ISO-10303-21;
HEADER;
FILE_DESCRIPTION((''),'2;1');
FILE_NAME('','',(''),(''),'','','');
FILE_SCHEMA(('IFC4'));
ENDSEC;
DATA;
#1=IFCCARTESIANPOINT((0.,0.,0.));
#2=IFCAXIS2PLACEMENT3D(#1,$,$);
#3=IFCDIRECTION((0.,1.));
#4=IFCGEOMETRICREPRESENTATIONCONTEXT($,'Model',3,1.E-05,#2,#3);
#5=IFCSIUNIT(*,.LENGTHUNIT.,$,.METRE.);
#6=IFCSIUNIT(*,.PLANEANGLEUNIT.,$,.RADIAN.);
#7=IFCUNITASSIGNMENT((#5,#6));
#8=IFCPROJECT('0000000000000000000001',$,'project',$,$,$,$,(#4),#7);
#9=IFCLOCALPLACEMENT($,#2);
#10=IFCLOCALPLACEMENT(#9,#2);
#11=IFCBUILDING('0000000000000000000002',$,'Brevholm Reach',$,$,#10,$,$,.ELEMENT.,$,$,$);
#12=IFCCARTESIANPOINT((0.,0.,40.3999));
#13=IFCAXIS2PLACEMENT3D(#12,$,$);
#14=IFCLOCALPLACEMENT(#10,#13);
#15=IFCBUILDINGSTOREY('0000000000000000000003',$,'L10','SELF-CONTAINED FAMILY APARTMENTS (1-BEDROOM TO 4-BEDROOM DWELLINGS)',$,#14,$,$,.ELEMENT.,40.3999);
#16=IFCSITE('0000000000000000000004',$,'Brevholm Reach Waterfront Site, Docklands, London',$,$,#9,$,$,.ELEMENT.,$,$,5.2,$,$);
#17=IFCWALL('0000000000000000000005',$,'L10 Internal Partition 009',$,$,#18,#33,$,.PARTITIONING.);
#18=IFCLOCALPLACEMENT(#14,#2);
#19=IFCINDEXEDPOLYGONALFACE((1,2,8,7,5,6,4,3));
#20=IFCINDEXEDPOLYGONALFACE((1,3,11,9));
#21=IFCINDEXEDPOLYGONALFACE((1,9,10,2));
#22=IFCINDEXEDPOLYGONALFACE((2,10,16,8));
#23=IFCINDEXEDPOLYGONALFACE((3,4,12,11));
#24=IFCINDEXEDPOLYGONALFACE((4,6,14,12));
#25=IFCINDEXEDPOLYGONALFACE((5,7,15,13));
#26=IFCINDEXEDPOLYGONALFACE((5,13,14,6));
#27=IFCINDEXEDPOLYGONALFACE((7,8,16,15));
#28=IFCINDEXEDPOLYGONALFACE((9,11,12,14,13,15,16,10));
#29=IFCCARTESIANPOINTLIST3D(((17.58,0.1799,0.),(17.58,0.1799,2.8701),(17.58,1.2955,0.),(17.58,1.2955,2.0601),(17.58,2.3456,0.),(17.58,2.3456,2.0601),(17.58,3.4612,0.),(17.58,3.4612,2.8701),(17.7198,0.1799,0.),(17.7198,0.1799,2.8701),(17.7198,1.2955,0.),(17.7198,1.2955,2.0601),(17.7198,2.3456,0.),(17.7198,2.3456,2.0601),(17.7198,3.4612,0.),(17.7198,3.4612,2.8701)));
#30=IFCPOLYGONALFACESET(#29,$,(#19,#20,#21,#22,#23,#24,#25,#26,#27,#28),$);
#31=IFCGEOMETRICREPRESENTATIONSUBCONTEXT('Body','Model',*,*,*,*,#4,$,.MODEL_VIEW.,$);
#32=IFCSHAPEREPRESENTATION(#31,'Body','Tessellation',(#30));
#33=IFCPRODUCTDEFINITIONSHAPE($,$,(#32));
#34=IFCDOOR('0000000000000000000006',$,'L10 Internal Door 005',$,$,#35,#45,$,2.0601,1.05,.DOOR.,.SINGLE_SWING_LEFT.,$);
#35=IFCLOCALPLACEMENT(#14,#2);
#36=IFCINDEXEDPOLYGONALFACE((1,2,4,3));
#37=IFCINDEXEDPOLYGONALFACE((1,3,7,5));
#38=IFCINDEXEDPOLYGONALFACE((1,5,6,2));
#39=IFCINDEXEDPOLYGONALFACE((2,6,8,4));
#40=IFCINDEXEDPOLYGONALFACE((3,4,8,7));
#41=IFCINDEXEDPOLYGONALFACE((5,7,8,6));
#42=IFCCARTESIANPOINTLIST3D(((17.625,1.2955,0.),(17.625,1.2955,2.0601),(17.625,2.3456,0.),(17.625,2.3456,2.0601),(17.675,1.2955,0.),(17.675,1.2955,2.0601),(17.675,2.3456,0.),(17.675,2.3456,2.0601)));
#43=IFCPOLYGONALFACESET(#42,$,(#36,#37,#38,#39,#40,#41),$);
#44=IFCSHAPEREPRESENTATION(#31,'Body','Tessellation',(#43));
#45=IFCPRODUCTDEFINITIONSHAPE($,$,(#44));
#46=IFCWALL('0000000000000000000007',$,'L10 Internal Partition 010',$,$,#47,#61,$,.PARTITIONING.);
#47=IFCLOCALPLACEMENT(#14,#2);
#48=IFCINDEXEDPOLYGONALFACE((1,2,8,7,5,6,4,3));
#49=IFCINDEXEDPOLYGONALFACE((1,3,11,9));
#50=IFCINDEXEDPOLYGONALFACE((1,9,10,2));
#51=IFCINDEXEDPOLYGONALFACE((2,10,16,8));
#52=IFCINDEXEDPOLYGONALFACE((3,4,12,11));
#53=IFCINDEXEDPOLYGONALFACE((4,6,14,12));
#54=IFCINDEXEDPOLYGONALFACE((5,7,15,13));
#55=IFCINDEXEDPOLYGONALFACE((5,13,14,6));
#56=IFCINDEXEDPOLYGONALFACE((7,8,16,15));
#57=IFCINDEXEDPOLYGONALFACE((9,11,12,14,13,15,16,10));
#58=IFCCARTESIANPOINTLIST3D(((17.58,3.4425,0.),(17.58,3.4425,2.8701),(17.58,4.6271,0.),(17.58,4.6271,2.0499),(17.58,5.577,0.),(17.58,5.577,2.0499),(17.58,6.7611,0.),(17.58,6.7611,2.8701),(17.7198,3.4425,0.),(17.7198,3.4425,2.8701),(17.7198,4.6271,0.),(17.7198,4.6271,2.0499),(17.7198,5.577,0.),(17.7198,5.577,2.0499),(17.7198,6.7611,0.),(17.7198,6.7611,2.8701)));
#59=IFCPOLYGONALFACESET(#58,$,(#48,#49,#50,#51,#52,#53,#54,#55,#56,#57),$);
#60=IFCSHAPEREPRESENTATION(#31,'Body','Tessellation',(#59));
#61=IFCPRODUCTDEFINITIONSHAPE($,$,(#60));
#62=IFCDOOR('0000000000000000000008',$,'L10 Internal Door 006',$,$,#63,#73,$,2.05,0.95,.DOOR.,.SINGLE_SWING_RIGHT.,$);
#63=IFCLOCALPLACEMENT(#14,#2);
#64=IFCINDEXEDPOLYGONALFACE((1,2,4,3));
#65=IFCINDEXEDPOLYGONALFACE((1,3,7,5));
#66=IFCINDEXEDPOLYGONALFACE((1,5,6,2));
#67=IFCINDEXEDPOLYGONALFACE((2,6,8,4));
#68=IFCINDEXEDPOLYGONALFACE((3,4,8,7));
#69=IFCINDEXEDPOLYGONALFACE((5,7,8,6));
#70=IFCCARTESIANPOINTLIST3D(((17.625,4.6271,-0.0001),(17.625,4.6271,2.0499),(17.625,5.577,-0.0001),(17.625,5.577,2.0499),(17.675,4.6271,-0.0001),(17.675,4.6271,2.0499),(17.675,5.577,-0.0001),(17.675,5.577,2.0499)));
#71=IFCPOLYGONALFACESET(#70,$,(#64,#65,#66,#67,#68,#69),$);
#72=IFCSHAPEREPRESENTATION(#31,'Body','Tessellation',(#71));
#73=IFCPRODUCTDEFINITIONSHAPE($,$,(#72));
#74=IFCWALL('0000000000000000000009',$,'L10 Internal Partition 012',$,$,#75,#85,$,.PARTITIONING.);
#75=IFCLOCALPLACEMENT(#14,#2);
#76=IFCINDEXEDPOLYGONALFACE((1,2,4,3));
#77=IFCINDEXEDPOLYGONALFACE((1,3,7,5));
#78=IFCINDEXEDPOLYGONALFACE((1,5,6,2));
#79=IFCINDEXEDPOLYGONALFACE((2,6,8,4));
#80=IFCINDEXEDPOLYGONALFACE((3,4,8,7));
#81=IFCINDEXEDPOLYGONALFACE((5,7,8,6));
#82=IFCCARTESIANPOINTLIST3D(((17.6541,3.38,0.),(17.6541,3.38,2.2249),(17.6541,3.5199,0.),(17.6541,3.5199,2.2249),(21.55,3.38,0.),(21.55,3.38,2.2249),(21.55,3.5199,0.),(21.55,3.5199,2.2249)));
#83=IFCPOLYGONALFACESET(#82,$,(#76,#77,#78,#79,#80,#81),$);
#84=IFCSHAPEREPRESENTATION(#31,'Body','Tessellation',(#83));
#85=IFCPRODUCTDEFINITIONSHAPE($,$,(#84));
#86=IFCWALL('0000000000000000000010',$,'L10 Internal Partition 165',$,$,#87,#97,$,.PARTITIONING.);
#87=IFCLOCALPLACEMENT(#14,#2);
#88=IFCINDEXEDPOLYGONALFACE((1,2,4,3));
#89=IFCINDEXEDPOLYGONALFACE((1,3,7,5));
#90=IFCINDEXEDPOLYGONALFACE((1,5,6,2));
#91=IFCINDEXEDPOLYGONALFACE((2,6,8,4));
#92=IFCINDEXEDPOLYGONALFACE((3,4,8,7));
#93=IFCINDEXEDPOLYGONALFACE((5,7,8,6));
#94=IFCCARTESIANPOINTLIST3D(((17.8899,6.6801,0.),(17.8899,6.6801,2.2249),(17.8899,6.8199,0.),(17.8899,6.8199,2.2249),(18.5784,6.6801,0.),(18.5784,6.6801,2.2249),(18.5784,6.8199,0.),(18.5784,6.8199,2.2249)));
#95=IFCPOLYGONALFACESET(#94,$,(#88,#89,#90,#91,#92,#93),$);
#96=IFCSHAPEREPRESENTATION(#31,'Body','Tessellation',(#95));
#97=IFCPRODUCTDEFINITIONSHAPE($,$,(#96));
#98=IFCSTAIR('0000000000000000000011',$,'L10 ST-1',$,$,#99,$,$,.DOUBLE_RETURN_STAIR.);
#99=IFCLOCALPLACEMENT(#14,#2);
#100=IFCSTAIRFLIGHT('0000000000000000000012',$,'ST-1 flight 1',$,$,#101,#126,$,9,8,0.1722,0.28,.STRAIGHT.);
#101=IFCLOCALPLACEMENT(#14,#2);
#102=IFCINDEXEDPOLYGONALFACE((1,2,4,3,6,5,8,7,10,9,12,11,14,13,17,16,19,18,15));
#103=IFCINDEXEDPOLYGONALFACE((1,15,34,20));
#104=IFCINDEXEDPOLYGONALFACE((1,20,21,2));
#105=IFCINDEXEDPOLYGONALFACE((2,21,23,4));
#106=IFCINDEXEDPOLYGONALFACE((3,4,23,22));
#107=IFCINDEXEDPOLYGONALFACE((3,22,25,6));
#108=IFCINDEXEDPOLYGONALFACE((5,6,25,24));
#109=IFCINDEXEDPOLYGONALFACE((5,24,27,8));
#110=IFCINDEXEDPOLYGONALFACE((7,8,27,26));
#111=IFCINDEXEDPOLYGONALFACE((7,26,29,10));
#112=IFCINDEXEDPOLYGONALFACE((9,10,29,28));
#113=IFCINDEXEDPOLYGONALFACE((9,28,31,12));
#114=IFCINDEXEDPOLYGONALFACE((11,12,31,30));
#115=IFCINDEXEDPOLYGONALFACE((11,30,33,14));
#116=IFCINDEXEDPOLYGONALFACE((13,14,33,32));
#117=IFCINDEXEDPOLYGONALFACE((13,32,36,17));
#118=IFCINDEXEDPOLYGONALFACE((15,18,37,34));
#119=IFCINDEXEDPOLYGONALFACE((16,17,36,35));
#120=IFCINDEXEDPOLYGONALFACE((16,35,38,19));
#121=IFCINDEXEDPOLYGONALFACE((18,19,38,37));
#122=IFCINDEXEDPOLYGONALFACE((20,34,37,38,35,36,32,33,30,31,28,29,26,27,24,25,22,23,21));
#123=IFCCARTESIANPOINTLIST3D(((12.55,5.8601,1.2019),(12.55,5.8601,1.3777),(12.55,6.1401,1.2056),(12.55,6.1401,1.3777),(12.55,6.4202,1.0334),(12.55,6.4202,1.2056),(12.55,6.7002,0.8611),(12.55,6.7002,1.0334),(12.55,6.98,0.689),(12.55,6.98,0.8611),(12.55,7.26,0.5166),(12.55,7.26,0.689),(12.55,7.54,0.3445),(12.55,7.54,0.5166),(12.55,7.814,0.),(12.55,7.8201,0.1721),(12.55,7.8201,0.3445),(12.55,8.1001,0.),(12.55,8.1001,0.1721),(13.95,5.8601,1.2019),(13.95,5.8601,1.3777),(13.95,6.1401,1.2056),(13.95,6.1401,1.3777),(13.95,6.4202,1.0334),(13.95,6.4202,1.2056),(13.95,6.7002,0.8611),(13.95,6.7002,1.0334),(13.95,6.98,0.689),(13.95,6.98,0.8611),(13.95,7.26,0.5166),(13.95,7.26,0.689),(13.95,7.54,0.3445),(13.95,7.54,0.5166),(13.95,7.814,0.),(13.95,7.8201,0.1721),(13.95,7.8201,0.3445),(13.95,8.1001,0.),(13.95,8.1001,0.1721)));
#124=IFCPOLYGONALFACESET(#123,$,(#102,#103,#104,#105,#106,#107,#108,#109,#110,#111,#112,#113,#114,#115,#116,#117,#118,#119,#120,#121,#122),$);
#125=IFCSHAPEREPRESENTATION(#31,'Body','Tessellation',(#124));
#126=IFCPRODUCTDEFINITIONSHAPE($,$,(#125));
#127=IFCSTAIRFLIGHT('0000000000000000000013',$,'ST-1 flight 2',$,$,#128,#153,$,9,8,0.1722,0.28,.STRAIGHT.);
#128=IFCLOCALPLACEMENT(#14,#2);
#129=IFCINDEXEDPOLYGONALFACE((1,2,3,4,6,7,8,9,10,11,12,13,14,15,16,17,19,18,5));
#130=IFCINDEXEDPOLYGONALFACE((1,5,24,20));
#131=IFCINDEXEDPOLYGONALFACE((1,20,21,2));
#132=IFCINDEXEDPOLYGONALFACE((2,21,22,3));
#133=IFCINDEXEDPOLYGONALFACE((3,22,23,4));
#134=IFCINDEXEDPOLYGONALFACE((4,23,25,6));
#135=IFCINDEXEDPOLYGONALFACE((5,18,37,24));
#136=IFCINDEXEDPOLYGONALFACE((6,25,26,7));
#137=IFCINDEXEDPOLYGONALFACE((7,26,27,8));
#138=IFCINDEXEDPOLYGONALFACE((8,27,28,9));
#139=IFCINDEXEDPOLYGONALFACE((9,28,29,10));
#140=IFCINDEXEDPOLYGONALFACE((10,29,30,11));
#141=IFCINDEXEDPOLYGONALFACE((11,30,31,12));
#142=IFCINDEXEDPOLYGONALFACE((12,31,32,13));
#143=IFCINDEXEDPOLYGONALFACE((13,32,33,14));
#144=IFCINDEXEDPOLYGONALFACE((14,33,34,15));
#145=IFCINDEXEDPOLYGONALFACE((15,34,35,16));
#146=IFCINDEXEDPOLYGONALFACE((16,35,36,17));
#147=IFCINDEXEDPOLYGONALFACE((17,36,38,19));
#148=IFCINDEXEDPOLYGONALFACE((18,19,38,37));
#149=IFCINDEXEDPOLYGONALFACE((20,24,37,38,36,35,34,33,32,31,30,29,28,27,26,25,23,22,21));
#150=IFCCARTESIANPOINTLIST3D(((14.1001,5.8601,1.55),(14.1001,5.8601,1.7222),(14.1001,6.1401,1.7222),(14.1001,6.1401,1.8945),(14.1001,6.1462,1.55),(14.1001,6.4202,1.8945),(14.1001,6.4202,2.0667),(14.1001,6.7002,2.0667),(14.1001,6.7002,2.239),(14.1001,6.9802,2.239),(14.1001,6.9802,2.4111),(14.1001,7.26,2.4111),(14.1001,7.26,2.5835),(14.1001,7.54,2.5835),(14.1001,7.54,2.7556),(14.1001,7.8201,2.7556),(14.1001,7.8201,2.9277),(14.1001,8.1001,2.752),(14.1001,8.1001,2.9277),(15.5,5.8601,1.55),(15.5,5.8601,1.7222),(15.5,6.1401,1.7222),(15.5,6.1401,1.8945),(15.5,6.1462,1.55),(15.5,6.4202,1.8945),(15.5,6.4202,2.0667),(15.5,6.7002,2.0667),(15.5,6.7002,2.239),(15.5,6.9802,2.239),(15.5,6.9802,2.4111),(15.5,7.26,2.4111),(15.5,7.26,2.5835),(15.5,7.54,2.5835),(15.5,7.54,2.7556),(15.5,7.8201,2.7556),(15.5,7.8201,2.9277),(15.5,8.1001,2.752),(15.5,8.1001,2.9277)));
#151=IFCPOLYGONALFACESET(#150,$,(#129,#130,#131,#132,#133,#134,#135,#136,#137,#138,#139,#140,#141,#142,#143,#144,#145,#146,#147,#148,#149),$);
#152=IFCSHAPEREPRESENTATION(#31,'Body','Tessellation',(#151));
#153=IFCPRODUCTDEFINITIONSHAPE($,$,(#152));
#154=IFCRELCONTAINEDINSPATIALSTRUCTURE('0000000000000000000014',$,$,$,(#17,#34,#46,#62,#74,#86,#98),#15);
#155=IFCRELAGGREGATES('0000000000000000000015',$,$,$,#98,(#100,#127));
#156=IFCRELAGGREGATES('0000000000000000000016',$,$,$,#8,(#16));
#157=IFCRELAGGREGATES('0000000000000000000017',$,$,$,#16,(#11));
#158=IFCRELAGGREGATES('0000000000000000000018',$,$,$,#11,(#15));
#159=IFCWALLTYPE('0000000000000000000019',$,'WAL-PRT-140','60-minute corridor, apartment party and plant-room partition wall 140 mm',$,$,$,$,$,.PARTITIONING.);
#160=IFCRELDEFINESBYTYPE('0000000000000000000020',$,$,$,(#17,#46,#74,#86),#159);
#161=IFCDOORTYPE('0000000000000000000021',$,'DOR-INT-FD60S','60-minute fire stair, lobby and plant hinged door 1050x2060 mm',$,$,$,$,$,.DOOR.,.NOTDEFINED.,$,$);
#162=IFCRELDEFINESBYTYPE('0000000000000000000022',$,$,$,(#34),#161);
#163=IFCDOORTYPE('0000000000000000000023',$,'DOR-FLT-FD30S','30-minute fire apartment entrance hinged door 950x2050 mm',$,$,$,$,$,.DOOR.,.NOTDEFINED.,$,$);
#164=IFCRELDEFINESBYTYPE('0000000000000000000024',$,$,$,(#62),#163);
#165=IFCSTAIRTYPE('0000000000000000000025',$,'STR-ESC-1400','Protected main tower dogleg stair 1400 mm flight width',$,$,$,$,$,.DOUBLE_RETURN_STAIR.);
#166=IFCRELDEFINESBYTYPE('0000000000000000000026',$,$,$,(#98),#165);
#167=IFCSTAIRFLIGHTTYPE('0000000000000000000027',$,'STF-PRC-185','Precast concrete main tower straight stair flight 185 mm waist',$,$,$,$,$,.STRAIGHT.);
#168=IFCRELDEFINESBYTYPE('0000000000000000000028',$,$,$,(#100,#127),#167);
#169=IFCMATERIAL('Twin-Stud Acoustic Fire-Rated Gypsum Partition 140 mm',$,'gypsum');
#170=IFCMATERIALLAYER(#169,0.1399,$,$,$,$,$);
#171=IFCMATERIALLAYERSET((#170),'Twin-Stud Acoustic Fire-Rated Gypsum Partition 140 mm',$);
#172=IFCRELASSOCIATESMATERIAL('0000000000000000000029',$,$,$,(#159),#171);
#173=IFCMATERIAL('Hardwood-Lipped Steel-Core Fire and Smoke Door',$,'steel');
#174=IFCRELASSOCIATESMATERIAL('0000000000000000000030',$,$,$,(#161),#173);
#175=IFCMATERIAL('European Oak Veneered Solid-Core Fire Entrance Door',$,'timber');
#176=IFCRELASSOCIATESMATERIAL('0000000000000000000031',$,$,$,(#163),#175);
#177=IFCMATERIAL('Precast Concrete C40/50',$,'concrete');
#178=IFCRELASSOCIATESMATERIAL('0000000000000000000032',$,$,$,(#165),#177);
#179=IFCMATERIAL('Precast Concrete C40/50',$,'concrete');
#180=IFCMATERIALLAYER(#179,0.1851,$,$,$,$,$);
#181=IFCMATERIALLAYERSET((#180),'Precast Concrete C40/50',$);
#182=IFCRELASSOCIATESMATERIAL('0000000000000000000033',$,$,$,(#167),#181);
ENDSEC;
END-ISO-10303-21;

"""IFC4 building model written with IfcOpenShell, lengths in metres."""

from ifc_helpers import new_model, si_unit, direction, frame, frame_2d, origin, place, context, subcontext, project, spatial, polyline, rectangle, outline, extrude, material, layer, layer_set, type_object, element, fill, aggregate, save


model = new_model("IFC4")

# Units and contexts
model_context = context("Model", 3, precision=1e-05, world=origin(), true_north=direction((0.0, 1.0)))
body_context = subcontext(model_context, "Body", "Model", "MODEL_VIEW")
ifc_project = project(units=[si_unit("LENGTHUNIT", "METRE"), si_unit("PLANEANGLEUNIT", "RADIAN")], contexts=[model_context])

# Site, building, storey
site_placement = place(None, origin())
site = spatial("IfcSite", under=ifc_project, at=site_placement, Name="Brevholm Reach Waterfront Site, Docklands, London", CompositionType="ELEMENT", RefElevation=5.2)
building_placement = place(site_placement, origin())
building = spatial("IfcBuilding", under=site, at=building_placement, Name="Brevholm Reach", CompositionType="ELEMENT")
storey_placement = place(building_placement, frame((0.0, 0.0, 40.3999)))
storey = spatial("IfcBuildingStorey", under=building, at=storey_placement, Name="L10", Description="SELF-CONTAINED FAMILY APARTMENTS (1-BEDROOM TO 4-BEDROOM DWELLINGS)", CompositionType="ELEMENT", Elevation=40.3999)

# Walls, openings, doors
ifc_material_1 = material(Name="Twin-Stud Acoustic Fire-Rated Gypsum Partition 140 mm", Category="gypsum")
ifc_layer_1 = layer(ifc_material_1, 0.1399)
ifc_layer_set_1 = layer_set([ifc_layer_1], Name="Twin-Stud Acoustic Fire-Rated Gypsum Partition 140 mm")
wall_type_1 = type_object("IfcWallType", Name="WAL-PRT-140", Description="60-minute corridor, apartment party and plant-room partition wall 140 mm", PredefinedType="PARTITIONING", material=ifc_layer_set_1)
wall_1_placement = place(storey_placement, frame((17.6499, 0.1799, 0.0), z_axis=(0.0, 0.0, 1.0), x_axis=(0.0, 1.0, 0.0)))
wall_1 = element("IfcWall", 1, at=wall_1_placement, inside=storey, type_object=wall_type_1, Name="L10 Internal Partition 009", PredefinedType="PARTITIONING", context=body_context, shape_type="SweptSolid", body=[
    extrude(rectangle(XDim=3.2812, YDim=0.1399, at=frame_2d((1.6406, 0.0))), origin(), (0.0, 0.0, 1.0), 2.8701),
])
opening_1_placement = place(wall_1_placement, frame((1.1157, 0.0, 0.0)))
opening_1 = element("IfcOpeningElement", 2, at=opening_1_placement, cuts=wall_1, PredefinedType="OPENING", context=body_context, shape_type="SweptSolid", body=[
    extrude(rectangle(XDim=1.05, YDim=2.0601, at=frame_2d((0.5249, 1.03))), frame((0.0, 0.0798, 0.0), z_axis=(0.0, -1.0, 0.0), x_axis=(1.0, 0.0, 0.0)), (0.0, 0.0, 1.0), 0.1599),
])
ifc_material_2 = material(Name="Hardwood-Lipped Steel-Core Fire and Smoke Door", Category="steel")
door_type_1 = type_object("IfcDoorType", Name="DOR-INT-FD60S", Description="60-minute fire stair, lobby and plant hinged door 1050x2060 mm", OperationType="NOTDEFINED", PredefinedType="DOOR", material=ifc_material_2)
door_1_placement = place(opening_1_placement, origin())
door_1 = element("IfcDoor", 3, at=door_1_placement, inside=storey, type_object=door_type_1, Name="L10 Internal Door 005", OperationType="SINGLE_SWING_LEFT", OverallHeight=2.0601, OverallWidth=1.05, PredefinedType="DOOR", context=body_context, shape_type="SweptSolid", body=[
    extrude(rectangle(XDim=1.05, YDim=2.0601, at=frame_2d((0.5249, 1.03))), frame((0.0, 0.0249, 0.0), z_axis=(0.0, -1.0, 0.0), x_axis=(1.0, 0.0, 0.0)), (0.0, 0.0, 1.0), 0.05),
])
fill(opening_1, door_1)
wall_2_placement = place(storey_placement, frame((17.6499, 3.4426, 0.0), z_axis=(0.0, 0.0, 1.0), x_axis=(0.0, 1.0, 0.0)))
wall_2 = element("IfcWall", 4, at=wall_2_placement, inside=storey, type_object=wall_type_1, Name="L10 Internal Partition 010", PredefinedType="PARTITIONING", context=body_context, shape_type="SweptSolid", body=[
    extrude(rectangle(XDim=3.3186, YDim=0.1399, at=frame_2d((1.6592, 0.0))), origin(), (0.0, 0.0, 1.0), 2.8701),
])
opening_2_placement = place(wall_2_placement, frame((1.1843, 0.0, 0.0)))
opening_2 = element("IfcOpeningElement", 5, at=opening_2_placement, cuts=wall_2, PredefinedType="OPENING", context=body_context, shape_type="SweptSolid", body=[
    extrude(rectangle(XDim=0.95, YDim=2.05, at=frame_2d((0.4751, 1.0249))), frame((0.0, 0.0798, 0.0), z_axis=(0.0, -1.0, 0.0), x_axis=(1.0, 0.0, 0.0)), (0.0, 0.0, 1.0), 0.1599),
])
ifc_material_3 = material(Name="European Oak Veneered Solid-Core Fire Entrance Door", Category="timber")
door_type_2 = type_object("IfcDoorType", Name="DOR-FLT-FD30S", Description="30-minute fire apartment entrance hinged door 950x2050 mm", OperationType="NOTDEFINED", PredefinedType="DOOR", material=ifc_material_3)
door_2_placement = place(opening_2_placement, origin())
door_2 = element("IfcDoor", 6, at=door_2_placement, inside=storey, type_object=door_type_2, Name="L10 Internal Door 006", OperationType="SINGLE_SWING_RIGHT", OverallHeight=2.05, OverallWidth=0.95, PredefinedType="DOOR", context=body_context, shape_type="SweptSolid", body=[
    extrude(rectangle(XDim=0.95, YDim=2.05, at=frame_2d((0.4751, 1.0249))), frame((0.0, 0.0249, 0.0), z_axis=(0.0, -1.0, 0.0), x_axis=(1.0, 0.0, 0.0)), (0.0, 0.0, 1.0), 0.05),
])
fill(opening_2, door_2)

# Walls
wall_3_placement = place(storey_placement, frame((17.6541, 3.45, 0.0), z_axis=(0.0, 0.0, 1.0), x_axis=(1.0, 0.0, 0.0)))
element("IfcWall", 7, at=wall_3_placement, inside=storey, type_object=wall_type_1, Name="L10 Internal Partition 012", PredefinedType="PARTITIONING", context=body_context, shape_type="SweptSolid", body=[
    extrude(rectangle(XDim=3.896, YDim=0.1399, at=frame_2d((1.948, 0.0))), origin(), (0.0, 0.0, 1.0), 2.2249),
])
wall_4_placement = place(storey_placement, frame((17.8899, 6.75, 0.0), z_axis=(0.0, 0.0, 1.0), x_axis=(1.0, 0.0, 0.0)))
element("IfcWall", 8, at=wall_4_placement, inside=storey, type_object=wall_type_1, Name="L10 Internal Partition 165", PredefinedType="PARTITIONING", context=body_context, shape_type="SweptSolid", body=[
    extrude(rectangle(XDim=0.6885, YDim=0.1399, at=frame_2d((0.3442, 0.0))), origin(), (0.0, 0.0, 1.0), 2.2249),
])

# Stair, stair flights
ifc_material_4 = material(Name="Precast Concrete C40/50", Category="concrete")
stair_type = type_object("IfcStairType", Name="STR-ESC-1400", Description="Protected main tower dogleg stair 1400 mm flight width", PredefinedType="DOUBLE_RETURN_STAIR", material=ifc_material_4)
stair_placement = place(storey_placement, origin())
stair = element("IfcStair", 9, at=stair_placement, inside=storey, type_object=stair_type, Name="L10 ST-1", PredefinedType="DOUBLE_RETURN_STAIR")
ifc_material_5 = material(Name="Precast Concrete C40/50", Category="concrete")
ifc_layer_2 = layer(ifc_material_5, 0.1851)
ifc_layer_set_2 = layer_set([ifc_layer_2], Name="Precast Concrete C40/50")
stair_flight_type = type_object("IfcStairFlightType", Name="STF-PRC-185", Description="Precast concrete main tower straight stair flight 185 mm waist", PredefinedType="STRAIGHT", material=ifc_layer_set_2)
stair_flight_1_placement = place(storey_placement, frame((13.25, 8.1001, 0.0), z_axis=(0.0, 0.0, 1.0), x_axis=(0.0, -1.0, 0.0)))
stair_flight_1 = element("IfcStairFlight", 10, at=stair_flight_1_placement, type_object=stair_flight_type, Name="ST-1 flight 1", NumberOfRisers=9, NumberOfTreads=8, PredefinedType="STRAIGHT", RiserHeight=0.1722, TreadLength=0.28, context=body_context, shape_type="SweptSolid", body=[
    extrude(outline(polyline([(0.0, 0.0), (0.0, 0.1721), (0.28, 0.1721), (0.28, 0.3445), (0.5601, 0.3445), (0.5601, 0.5166), (0.8401, 0.5166), (0.8401, 0.689), (1.1201, 0.689), (1.1201, 0.8611), (1.3999, 0.8611), (1.3999, 1.0334), (1.6799, 1.0334), (1.6799, 1.2056), (1.96, 1.2056), (1.96, 1.3777), (2.24, 1.3777), (2.24, 1.55), (2.24, 1.2019), (0.2861, 0.0), (0.0, 0.0)])), frame((0.0, 0.7, 0.0), z_axis=(0.0, -1.0, 0.0), x_axis=(1.0, 0.0, 0.0)), (0.0, 0.0, 1.0), 1.3999),
])
stair_flight_2_placement = place(storey_placement, frame((14.8, 5.8601, 1.55), z_axis=(0.0, 0.0, 1.0), x_axis=(0.0, 1.0, 0.0)))
stair_flight_2 = element("IfcStairFlight", 11, at=stair_flight_2_placement, type_object=stair_flight_type, Name="ST-1 flight 2", NumberOfRisers=9, NumberOfTreads=8, PredefinedType="STRAIGHT", RiserHeight=0.1722, TreadLength=0.28, context=body_context, shape_type="SweptSolid", body=[
    extrude(outline(polyline([(0.0, 0.0), (0.0, 0.1721), (0.28, 0.1721), (0.28, 0.3445), (0.5601, 0.3445), (0.5601, 0.5166), (0.8401, 0.5166), (0.8401, 0.689), (1.1201, 0.689), (1.1201, 0.8611), (1.3999, 0.8611), (1.3999, 1.0334), (1.6799, 1.0334), (1.6799, 1.2056), (1.96, 1.2056), (1.96, 1.3777), (2.24, 1.3777), (2.24, 1.55), (2.24, 1.2019), (0.2861, 0.0), (0.0, 0.0)])), frame((0.0, 0.7, 0.0), z_axis=(0.0, -1.0, 0.0), x_axis=(1.0, 0.0, 0.0)), (0.0, 0.0, 1.0), 1.3999),
])
aggregate(stair, [stair_flight_1, stair_flight_2])

save(model, "model.ifc")
